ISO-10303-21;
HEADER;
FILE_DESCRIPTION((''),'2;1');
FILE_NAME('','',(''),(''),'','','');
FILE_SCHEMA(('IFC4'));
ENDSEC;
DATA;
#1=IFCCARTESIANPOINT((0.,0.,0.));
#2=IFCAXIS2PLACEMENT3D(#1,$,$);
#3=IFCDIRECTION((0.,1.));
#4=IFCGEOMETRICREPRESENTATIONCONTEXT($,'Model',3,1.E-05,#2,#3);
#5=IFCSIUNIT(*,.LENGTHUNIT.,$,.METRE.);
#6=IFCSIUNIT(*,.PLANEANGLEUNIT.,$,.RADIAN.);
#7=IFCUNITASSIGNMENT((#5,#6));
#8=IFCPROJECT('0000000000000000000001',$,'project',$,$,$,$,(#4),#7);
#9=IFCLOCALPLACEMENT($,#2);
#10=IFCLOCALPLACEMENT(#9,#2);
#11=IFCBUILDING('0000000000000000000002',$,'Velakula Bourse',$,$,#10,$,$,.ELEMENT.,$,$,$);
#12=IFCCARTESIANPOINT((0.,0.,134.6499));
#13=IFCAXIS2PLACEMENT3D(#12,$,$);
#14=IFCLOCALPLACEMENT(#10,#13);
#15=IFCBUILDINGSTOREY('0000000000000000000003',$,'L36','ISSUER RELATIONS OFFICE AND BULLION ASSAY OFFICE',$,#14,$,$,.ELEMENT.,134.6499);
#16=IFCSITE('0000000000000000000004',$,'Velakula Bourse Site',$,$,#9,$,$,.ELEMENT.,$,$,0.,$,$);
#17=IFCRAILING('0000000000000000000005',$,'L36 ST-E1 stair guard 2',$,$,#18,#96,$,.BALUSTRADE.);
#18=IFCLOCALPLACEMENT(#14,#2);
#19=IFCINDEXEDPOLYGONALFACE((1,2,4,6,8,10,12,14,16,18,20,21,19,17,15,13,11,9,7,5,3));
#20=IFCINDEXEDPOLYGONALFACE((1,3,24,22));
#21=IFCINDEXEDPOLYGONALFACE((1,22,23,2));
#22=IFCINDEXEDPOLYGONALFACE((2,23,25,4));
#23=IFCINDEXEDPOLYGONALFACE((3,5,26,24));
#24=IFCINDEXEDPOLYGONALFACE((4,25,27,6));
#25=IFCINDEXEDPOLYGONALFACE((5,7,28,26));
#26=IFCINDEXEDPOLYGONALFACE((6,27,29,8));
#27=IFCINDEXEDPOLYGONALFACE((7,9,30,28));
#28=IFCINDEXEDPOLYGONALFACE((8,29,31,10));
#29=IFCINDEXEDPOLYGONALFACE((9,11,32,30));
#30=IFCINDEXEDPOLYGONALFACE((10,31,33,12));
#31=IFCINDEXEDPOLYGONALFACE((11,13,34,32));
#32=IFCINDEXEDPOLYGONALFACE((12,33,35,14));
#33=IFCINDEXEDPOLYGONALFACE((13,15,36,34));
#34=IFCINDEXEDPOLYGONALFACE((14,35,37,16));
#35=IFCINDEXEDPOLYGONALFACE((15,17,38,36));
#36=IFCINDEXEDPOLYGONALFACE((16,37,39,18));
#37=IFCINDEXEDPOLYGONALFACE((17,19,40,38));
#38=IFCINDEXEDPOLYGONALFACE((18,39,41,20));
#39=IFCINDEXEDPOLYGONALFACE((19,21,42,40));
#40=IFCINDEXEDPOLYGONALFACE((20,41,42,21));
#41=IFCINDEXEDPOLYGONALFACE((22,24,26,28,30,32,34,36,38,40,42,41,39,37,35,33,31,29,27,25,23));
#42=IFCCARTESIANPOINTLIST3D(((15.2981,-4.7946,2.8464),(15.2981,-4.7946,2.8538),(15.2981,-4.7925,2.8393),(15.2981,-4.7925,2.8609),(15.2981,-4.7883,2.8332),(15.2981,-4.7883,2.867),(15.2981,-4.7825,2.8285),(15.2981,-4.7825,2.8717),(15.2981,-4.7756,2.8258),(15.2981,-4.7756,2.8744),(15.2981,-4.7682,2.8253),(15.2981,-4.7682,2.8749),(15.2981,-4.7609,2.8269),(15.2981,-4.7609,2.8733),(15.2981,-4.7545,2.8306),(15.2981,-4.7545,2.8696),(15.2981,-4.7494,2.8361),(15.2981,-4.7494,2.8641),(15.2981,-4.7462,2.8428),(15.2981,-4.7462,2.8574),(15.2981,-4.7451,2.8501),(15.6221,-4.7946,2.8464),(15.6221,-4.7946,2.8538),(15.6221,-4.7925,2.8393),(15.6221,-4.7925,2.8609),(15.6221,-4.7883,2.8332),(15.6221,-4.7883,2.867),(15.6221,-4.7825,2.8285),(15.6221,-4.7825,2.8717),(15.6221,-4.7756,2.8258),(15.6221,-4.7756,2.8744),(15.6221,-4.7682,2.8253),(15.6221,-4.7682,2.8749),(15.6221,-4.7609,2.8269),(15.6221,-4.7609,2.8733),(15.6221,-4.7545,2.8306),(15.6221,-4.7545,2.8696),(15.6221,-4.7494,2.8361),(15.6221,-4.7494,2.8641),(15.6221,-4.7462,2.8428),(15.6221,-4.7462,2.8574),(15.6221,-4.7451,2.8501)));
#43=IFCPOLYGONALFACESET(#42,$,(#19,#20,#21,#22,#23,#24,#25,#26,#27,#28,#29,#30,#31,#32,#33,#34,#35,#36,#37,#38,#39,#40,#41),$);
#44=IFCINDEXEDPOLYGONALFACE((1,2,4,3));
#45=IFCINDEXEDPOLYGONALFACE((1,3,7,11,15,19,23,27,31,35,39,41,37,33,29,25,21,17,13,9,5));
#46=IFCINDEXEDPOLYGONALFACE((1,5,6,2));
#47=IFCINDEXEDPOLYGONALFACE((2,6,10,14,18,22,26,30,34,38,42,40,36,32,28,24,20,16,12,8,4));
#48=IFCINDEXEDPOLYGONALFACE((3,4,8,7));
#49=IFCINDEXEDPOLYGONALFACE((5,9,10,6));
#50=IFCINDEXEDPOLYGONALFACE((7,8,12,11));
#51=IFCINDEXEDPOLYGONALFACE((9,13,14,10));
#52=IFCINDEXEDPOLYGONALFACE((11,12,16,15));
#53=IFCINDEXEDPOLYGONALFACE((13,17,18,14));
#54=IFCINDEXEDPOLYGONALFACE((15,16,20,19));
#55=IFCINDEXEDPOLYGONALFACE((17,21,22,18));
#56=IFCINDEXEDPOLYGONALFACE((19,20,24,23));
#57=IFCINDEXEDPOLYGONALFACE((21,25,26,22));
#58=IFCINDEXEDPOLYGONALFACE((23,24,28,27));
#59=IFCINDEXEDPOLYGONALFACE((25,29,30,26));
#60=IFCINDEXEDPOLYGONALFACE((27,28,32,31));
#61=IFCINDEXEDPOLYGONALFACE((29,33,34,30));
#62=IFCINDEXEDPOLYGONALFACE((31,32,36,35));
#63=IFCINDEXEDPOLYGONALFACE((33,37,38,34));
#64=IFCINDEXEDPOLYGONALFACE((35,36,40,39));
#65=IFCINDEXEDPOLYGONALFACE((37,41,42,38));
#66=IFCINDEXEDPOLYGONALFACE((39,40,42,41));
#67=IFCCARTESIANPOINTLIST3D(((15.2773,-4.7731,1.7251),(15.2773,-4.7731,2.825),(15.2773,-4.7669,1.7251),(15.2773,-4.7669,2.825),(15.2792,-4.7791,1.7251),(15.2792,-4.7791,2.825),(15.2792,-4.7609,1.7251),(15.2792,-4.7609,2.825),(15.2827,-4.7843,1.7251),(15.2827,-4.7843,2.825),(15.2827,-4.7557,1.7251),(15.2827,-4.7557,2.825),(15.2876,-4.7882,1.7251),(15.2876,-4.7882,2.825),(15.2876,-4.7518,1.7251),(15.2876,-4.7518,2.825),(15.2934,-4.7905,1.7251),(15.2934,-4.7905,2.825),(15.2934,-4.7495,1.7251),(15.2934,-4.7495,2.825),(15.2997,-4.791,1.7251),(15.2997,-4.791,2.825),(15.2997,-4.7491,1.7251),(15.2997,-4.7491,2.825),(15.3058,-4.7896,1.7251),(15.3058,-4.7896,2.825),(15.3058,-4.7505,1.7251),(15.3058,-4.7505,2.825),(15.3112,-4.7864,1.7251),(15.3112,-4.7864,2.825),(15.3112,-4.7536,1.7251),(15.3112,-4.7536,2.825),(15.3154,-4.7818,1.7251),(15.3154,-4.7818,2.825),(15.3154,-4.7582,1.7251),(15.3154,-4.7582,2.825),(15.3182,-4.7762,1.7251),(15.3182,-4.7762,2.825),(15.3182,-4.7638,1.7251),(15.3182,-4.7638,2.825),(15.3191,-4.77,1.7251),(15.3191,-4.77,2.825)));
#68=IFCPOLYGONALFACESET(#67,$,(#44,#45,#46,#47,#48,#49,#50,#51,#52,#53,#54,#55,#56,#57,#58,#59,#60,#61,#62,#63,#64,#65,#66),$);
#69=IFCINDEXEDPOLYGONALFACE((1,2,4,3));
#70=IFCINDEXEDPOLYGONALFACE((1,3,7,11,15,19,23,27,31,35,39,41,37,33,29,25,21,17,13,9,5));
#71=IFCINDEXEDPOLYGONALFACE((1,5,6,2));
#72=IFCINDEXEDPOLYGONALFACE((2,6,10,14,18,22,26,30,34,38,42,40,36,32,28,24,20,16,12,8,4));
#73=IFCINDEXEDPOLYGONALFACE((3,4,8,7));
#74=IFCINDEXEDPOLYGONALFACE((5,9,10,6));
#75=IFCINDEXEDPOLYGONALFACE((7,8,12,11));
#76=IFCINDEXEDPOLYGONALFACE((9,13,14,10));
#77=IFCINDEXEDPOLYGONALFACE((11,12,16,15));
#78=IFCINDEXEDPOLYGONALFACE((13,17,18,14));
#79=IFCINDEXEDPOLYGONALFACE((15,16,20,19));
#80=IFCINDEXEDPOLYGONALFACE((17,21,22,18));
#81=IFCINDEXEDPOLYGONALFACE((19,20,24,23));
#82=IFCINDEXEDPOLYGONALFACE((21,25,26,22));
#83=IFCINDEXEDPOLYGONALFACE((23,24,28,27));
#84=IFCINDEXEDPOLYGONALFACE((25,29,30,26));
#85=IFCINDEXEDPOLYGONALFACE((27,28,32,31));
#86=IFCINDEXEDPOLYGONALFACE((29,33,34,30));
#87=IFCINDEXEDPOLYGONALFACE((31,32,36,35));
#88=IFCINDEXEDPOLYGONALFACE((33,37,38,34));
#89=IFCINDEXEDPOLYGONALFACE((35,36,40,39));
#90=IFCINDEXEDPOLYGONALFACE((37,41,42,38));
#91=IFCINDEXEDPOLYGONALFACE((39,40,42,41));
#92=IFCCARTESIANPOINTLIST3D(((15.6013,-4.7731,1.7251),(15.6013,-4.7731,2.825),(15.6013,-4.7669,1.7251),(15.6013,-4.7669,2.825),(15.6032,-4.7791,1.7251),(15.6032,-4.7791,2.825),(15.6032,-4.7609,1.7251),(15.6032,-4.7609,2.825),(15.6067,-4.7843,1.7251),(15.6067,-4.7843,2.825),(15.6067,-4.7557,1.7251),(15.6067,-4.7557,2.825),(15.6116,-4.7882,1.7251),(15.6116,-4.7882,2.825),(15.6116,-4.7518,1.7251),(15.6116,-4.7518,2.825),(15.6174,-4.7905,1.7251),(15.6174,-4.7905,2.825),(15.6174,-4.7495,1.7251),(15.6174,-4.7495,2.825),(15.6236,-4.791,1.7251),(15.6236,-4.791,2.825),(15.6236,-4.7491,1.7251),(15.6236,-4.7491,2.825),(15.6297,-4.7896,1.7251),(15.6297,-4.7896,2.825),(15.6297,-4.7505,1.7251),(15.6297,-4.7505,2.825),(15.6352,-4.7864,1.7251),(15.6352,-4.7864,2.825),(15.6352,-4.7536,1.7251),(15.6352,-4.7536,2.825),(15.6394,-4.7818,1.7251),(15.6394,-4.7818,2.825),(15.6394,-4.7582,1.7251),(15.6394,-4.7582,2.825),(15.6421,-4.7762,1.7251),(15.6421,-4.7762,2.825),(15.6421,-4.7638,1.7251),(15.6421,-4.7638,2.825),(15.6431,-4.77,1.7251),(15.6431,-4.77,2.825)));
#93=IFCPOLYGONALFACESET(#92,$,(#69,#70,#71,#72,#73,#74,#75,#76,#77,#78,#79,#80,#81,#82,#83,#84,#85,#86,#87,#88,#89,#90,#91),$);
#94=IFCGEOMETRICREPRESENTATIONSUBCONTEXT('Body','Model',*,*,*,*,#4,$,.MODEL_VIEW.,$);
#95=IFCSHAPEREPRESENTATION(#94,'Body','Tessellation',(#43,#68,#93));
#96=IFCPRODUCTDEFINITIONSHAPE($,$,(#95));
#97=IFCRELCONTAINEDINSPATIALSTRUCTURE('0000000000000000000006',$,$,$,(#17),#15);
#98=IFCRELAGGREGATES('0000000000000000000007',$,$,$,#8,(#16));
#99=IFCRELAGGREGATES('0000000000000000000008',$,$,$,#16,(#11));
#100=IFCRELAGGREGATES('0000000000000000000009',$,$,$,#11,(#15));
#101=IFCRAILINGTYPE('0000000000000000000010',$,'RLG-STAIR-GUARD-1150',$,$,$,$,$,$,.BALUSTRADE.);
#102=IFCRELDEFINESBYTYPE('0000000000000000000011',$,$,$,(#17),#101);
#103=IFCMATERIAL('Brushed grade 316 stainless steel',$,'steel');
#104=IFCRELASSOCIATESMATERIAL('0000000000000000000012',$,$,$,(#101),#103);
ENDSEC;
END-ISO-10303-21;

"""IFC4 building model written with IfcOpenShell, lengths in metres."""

from ifc_helpers import new_model, si_unit, direction, frame, origin, origin_2d, place, context, subcontext, project, spatial, circle, extrude, material, type_object, element, save


model = new_model("IFC4")

# Units and contexts
model_context = context("Model", 3, precision=1e-05, world=origin(), true_north=direction((0.0, 1.0)))
body_context = subcontext(model_context, "Body", "Model", "MODEL_VIEW")
ifc_project = project(units=[si_unit("LENGTHUNIT", "METRE"), si_unit("PLANEANGLEUNIT", "RADIAN")], contexts=[model_context])

# Site, building, storey
site_placement = place(None, origin())
site = spatial("IfcSite", under=ifc_project, at=site_placement, Name="Velakula Bourse Site", CompositionType="ELEMENT", RefElevation=0.0)
building_placement = place(site_placement, origin())
building = spatial("IfcBuilding", under=site, at=building_placement, Name="Velakula Bourse", CompositionType="ELEMENT")
storey_placement = place(building_placement, frame((0.0, 0.0, 134.6499)))
storey = spatial("IfcBuildingStorey", under=building, at=storey_placement, Name="L36", Description="ISSUER RELATIONS OFFICE AND BULLION ASSAY OFFICE", CompositionType="ELEMENT", Elevation=134.6499)

# Shared definitions
ifc_material_1 = material(Name="Brushed grade 316 stainless steel", Category="steel")

# Railing
railing_type_1 = type_object("IfcRailingType", Name="RLG-STAIR-GUARD-1150", PredefinedType="BALUSTRADE", material=ifc_material_1)
railing_1_placement = place(storey_placement, frame((15.2981, -4.77, 1.7251)))
element("IfcRailing", 1, at=railing_1_placement, inside=storey, type_object=railing_type_1, Name="L36 ST-E1 stair guard 2", PredefinedType="BALUSTRADE", context=body_context, shape_type="SweptSolid", body=[
    extrude(circle(Radius=0.0249, at=origin_2d()), frame((0.0, 0.0, 1.125), z_axis=(1.0, 0.0, 0.0), x_axis=(0.0, 1.0, 0.0)), (0.0, 0.0, 1.0), 0.324),
    extrude(circle(Radius=0.021, at=origin_2d()), origin(), (0.0, 0.0, 1.0), 1.0999),
    extrude(circle(Radius=0.021, at=origin_2d()), frame((0.324, 0.0, 0.0)), (0.0, 0.0, 1.0), 1.0999),
])

save(model, "model.ifc")
